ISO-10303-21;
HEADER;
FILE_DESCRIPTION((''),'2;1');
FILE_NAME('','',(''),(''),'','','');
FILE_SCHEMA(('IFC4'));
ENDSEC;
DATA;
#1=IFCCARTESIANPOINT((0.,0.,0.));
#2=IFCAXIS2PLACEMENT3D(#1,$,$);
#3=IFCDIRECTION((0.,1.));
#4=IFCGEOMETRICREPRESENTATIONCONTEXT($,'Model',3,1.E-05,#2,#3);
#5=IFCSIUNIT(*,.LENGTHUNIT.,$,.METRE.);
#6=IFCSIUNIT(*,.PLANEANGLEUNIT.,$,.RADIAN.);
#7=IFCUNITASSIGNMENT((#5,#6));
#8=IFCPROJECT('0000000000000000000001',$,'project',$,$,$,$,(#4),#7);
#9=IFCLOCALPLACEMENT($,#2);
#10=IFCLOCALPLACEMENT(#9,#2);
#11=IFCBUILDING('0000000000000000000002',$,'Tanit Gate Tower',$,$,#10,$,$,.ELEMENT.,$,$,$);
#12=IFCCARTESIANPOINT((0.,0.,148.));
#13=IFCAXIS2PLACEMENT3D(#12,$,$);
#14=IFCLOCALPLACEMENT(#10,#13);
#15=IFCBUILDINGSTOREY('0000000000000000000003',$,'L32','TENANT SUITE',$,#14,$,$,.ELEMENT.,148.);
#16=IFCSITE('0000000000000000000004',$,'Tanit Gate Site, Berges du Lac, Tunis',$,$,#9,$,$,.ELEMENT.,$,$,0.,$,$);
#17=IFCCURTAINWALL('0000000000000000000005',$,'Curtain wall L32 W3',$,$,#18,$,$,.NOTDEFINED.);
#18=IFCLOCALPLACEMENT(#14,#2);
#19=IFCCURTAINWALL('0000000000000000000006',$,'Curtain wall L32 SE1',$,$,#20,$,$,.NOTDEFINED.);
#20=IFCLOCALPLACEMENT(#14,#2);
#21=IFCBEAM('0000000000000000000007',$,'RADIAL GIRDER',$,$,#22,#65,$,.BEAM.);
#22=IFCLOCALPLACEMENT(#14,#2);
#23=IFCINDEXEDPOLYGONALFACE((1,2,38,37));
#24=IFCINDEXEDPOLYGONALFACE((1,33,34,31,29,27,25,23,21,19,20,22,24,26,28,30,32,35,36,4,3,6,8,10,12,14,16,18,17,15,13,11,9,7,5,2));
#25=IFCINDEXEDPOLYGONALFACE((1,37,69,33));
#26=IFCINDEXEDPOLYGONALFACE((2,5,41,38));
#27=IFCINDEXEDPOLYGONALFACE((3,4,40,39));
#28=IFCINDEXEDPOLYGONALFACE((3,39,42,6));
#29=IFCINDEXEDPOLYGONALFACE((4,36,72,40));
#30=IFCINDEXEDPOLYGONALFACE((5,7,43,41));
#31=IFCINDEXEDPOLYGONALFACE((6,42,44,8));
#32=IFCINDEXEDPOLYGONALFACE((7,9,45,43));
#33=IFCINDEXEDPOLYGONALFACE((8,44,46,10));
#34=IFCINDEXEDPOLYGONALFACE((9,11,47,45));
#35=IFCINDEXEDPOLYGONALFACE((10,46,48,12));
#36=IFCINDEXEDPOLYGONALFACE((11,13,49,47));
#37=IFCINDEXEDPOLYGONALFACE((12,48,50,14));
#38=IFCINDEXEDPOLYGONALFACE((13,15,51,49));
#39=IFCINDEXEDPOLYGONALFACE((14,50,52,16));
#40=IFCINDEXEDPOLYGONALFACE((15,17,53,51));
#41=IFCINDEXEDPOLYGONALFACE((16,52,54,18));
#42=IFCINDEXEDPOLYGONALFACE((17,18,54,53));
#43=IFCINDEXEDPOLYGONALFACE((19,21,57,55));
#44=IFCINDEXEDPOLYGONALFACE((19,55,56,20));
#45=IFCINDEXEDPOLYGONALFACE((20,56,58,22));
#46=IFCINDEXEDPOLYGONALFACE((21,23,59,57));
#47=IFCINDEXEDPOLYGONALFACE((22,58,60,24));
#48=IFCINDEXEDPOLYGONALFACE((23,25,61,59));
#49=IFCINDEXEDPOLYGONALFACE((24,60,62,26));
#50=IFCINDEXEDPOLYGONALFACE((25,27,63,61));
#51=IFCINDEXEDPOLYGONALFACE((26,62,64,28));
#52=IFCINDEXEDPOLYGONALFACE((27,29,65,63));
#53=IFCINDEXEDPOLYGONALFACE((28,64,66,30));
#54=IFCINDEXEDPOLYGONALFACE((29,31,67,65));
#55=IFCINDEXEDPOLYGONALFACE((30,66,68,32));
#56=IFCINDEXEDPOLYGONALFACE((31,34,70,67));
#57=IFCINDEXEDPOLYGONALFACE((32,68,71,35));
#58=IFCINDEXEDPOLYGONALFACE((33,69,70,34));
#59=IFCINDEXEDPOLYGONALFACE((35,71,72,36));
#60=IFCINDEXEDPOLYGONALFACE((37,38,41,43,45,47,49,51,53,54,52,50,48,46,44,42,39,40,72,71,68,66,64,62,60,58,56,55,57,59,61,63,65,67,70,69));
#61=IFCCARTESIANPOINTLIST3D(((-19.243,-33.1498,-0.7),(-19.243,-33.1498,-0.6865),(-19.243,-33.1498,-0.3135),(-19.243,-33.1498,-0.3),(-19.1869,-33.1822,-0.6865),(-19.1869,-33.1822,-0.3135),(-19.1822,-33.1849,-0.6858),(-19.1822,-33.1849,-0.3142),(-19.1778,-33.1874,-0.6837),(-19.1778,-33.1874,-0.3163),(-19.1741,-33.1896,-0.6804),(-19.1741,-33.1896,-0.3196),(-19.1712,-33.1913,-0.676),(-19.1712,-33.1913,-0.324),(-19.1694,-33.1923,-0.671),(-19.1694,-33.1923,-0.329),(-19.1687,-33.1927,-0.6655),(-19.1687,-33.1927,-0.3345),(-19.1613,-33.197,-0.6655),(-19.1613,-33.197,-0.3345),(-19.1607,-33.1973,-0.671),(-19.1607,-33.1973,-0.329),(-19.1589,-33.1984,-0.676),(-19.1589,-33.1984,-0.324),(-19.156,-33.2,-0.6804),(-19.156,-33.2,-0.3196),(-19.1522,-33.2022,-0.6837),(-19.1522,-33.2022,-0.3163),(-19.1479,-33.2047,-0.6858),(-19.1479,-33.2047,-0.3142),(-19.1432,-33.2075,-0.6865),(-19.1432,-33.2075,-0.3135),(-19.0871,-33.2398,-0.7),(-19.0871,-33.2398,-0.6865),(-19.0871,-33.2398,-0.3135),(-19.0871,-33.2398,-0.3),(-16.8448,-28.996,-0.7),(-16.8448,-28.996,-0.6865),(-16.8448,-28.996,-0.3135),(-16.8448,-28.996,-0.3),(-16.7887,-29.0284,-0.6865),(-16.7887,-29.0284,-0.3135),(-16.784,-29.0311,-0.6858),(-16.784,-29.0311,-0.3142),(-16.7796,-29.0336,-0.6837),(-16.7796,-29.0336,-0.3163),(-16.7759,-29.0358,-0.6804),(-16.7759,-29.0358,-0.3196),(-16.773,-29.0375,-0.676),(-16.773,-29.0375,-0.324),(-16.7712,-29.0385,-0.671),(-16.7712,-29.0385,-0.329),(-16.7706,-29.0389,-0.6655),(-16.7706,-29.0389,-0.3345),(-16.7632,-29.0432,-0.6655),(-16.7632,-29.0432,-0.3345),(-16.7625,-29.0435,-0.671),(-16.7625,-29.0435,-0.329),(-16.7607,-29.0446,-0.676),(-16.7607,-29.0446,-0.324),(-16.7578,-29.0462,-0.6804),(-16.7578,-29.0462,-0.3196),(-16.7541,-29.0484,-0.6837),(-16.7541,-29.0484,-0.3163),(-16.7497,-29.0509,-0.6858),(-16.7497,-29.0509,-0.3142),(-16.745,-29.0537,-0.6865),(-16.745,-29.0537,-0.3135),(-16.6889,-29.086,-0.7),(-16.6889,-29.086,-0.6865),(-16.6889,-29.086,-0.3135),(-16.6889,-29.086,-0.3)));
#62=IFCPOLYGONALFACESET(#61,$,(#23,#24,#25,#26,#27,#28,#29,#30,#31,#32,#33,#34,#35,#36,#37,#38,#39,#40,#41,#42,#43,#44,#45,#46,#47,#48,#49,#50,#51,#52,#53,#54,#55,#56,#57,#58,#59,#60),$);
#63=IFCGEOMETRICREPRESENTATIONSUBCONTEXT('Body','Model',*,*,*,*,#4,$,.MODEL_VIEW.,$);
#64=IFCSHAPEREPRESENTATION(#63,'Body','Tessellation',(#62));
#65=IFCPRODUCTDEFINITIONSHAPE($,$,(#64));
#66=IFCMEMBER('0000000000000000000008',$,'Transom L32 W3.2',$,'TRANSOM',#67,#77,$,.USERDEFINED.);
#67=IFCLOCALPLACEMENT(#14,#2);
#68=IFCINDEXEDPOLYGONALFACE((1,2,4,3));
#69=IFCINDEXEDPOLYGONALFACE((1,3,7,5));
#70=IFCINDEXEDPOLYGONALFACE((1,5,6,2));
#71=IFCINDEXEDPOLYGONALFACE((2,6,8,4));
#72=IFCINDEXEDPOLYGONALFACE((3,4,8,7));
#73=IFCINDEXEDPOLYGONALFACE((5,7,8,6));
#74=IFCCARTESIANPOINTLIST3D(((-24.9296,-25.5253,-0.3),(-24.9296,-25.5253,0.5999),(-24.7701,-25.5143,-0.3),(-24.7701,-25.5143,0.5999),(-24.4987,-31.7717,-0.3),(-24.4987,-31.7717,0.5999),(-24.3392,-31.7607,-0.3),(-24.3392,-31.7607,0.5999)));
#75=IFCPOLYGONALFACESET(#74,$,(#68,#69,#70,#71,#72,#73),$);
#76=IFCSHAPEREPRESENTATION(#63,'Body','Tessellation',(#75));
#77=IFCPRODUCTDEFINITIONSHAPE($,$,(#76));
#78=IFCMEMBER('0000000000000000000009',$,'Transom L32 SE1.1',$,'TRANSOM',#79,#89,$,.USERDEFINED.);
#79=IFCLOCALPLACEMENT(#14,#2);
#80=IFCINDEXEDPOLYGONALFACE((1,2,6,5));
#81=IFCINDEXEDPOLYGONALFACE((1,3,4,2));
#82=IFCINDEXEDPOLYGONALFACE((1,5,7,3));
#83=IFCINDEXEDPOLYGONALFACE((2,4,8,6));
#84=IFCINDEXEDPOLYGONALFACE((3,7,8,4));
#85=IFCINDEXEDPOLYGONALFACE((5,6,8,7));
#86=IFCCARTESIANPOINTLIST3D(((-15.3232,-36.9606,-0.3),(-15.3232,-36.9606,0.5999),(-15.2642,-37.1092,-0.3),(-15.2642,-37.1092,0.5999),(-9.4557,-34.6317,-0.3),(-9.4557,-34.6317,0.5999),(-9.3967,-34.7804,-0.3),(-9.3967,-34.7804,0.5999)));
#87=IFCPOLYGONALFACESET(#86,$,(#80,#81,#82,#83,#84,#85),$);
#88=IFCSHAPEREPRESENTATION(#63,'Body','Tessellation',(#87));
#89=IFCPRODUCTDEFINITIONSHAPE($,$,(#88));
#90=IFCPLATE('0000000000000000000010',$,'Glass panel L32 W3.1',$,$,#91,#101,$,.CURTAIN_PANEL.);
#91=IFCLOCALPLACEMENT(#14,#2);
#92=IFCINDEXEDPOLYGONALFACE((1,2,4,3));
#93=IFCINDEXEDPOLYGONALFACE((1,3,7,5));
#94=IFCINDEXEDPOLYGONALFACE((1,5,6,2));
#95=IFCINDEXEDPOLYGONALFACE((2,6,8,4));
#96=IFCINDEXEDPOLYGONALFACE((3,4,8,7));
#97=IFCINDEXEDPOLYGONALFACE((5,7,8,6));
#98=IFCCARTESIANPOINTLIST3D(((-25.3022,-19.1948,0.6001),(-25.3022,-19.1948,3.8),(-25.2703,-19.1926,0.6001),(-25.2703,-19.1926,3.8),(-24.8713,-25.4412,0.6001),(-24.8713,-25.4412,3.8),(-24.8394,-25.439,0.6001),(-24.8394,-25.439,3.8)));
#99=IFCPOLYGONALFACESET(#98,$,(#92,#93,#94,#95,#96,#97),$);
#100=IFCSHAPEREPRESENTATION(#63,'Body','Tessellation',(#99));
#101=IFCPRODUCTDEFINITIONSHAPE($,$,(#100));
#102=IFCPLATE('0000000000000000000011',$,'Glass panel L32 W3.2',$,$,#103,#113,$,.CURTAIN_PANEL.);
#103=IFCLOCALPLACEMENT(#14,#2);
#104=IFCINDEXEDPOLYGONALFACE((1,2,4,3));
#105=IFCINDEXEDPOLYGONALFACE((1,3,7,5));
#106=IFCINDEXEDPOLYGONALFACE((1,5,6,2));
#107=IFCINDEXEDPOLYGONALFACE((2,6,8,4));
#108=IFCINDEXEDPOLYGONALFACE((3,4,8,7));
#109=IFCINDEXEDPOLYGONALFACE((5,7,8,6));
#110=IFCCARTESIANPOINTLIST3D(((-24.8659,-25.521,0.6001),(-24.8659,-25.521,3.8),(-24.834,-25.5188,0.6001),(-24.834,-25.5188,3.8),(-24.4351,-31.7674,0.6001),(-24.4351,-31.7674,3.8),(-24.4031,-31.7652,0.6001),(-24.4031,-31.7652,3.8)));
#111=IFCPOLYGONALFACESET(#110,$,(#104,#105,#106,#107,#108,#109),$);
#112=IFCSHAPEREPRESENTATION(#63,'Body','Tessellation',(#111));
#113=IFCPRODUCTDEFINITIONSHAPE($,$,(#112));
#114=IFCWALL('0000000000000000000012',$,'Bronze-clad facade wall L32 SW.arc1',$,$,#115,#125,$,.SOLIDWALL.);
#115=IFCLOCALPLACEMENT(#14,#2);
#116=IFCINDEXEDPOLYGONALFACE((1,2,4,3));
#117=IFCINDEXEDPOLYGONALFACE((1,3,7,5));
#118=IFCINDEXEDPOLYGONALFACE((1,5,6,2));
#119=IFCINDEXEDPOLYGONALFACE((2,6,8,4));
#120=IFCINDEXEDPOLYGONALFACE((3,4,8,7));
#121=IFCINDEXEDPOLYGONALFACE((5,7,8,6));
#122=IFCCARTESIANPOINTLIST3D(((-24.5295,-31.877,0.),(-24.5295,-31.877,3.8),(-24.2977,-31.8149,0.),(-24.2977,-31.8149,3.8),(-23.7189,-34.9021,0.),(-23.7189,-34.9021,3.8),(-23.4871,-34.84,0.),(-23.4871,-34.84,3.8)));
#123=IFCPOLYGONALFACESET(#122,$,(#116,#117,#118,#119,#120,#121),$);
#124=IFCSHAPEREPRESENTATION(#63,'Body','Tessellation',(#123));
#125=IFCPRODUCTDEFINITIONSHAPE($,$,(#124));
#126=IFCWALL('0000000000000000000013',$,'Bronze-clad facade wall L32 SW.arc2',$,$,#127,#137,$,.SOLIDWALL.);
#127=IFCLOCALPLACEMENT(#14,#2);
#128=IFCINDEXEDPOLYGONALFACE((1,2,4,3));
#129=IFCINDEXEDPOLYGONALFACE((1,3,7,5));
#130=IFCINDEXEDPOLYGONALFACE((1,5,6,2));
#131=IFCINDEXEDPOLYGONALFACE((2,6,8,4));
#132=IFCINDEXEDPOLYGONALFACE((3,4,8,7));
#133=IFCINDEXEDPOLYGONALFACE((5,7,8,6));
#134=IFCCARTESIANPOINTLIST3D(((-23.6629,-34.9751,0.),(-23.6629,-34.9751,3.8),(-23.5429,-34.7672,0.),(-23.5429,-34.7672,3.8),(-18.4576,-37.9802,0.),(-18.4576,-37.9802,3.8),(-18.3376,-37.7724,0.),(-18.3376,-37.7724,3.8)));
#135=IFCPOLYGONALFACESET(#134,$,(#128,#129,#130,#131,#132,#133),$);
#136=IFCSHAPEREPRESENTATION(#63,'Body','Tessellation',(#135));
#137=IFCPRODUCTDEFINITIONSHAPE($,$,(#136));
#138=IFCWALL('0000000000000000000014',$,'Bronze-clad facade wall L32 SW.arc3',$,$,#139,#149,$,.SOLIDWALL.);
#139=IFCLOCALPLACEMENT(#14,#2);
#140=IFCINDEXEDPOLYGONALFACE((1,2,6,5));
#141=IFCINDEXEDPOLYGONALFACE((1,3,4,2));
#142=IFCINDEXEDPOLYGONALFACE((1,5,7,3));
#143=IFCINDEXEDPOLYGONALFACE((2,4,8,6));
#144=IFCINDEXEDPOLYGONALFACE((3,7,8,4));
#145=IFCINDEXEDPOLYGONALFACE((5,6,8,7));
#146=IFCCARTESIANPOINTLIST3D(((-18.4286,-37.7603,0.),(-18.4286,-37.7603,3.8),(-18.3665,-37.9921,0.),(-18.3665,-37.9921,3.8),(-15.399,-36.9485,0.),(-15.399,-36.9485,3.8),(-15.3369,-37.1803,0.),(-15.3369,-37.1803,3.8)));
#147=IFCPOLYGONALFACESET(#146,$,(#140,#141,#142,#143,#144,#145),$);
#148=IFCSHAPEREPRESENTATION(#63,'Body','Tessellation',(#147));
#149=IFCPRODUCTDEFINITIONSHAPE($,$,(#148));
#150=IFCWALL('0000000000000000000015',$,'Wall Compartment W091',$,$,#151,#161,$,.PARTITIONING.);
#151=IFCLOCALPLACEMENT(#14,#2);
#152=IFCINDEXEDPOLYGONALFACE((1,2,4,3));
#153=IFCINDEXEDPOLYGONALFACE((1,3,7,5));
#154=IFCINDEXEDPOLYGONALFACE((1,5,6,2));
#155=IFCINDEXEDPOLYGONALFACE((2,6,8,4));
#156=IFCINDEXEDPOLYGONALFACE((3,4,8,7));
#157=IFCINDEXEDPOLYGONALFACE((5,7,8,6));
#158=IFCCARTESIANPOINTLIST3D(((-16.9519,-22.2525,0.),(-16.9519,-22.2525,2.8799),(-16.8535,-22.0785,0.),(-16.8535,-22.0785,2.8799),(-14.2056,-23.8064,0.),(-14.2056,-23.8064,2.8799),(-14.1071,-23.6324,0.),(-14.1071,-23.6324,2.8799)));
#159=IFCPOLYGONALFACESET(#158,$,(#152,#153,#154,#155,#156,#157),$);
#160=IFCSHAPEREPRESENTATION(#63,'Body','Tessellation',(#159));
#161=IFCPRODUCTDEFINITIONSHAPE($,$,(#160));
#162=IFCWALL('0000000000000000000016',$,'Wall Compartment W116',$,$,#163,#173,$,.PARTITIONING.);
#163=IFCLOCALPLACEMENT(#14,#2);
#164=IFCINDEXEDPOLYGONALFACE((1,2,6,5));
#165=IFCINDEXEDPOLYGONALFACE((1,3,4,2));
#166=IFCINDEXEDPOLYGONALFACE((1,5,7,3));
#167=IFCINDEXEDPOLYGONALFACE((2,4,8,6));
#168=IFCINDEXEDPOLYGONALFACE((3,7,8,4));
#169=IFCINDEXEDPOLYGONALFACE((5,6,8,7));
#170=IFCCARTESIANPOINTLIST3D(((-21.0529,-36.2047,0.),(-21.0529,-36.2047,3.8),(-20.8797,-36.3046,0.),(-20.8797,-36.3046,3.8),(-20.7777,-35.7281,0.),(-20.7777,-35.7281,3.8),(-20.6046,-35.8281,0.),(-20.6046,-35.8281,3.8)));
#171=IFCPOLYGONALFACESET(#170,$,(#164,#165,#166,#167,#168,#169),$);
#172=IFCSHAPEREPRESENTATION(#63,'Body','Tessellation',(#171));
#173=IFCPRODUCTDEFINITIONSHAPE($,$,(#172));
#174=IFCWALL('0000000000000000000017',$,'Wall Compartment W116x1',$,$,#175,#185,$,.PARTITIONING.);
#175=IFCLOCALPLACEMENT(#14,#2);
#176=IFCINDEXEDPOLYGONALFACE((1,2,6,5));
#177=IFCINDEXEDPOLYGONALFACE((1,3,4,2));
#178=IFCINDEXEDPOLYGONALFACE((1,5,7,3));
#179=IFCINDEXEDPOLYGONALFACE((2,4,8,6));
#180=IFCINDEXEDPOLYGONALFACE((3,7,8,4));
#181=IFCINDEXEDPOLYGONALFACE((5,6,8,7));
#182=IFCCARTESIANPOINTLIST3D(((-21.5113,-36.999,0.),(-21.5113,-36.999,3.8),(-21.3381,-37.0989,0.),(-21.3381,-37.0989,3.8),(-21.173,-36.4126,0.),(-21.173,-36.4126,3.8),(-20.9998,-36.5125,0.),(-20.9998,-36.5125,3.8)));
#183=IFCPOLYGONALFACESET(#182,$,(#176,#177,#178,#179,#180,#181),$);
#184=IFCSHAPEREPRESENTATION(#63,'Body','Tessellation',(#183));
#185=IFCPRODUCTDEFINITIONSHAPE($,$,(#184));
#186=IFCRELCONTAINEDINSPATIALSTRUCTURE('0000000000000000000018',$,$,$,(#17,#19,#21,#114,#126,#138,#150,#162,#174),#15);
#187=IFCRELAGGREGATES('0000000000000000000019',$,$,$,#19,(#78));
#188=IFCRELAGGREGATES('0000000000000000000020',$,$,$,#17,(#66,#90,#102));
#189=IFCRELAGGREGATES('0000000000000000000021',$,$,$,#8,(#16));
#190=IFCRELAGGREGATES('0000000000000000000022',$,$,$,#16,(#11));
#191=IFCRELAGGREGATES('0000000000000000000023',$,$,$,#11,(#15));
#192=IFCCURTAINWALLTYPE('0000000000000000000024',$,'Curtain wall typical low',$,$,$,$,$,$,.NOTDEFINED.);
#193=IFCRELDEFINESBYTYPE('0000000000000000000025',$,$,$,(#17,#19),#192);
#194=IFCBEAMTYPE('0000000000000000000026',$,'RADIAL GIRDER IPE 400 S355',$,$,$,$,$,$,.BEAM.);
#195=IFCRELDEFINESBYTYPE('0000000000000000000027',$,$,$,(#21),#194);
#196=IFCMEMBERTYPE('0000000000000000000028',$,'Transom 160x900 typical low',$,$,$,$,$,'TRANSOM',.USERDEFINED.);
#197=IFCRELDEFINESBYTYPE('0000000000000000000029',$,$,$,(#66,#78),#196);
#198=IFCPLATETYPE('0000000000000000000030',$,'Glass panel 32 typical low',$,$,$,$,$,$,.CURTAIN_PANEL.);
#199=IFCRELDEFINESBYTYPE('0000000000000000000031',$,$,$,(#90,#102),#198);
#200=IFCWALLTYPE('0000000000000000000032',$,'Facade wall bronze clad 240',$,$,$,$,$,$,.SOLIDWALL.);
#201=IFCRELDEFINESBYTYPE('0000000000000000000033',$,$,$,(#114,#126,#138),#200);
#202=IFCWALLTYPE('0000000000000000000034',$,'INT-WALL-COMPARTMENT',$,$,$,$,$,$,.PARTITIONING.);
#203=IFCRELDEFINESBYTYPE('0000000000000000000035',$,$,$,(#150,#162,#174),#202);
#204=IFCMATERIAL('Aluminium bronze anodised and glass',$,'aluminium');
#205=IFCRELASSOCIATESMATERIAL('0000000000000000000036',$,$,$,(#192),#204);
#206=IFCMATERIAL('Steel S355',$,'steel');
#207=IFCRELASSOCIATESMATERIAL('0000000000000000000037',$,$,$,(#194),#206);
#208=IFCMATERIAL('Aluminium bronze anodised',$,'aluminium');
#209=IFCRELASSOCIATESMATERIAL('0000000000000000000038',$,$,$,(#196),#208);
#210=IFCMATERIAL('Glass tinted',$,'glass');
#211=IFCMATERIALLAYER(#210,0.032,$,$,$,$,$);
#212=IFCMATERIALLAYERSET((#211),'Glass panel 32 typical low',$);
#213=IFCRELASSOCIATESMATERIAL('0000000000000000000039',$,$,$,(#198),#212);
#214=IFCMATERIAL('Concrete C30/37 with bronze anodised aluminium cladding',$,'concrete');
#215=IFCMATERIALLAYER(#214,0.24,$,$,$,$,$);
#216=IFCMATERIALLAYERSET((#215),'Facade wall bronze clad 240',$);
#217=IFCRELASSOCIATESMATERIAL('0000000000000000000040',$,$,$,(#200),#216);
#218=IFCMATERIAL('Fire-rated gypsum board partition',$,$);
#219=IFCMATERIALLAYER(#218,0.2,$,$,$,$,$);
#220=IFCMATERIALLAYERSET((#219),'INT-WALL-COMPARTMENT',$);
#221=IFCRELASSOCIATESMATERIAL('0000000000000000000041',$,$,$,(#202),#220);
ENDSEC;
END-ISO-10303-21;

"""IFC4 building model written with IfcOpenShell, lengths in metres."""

from ifc_helpers import new_model, si_unit, direction, frame, frame_2d, origin, origin_2d, place, context, subcontext, project, spatial, rectangle, i_section, extrude, material, layer, layer_set, material_profile, profile_set, type_object, element, aggregate, save


model = new_model("IFC4")

# Units and contexts
model_context = context("Model", 3, precision=1e-05, world=origin(), true_north=direction((0.0, 1.0)))
body_context = subcontext(model_context, "Body", "Model", "MODEL_VIEW")
ifc_project = project(units=[si_unit("LENGTHUNIT", "METRE"), si_unit("PLANEANGLEUNIT", "RADIAN")], contexts=[model_context])

# Site, building, storey
site_placement = place(None, origin())
site = spatial("IfcSite", under=ifc_project, at=site_placement, Name="Tanit Gate Site, Berges du Lac, Tunis", CompositionType="ELEMENT", RefElevation=0.0)
building_placement = place(site_placement, origin())
building = spatial("IfcBuilding", under=site, at=building_placement, Name="Tanit Gate Tower", CompositionType="ELEMENT")
storey_placement = place(building_placement, frame((0.0, 0.0, 148.0)))
storey = spatial("IfcBuildingStorey", under=building, at=storey_placement, Name="L32", Description="TENANT SUITE", CompositionType="ELEMENT", Elevation=148.0)

# Curtain wall
ifc_material_1 = material(Name="Aluminium bronze anodised and glass", Category="aluminium")
curtain_wall_type = type_object("IfcCurtainWallType", Name="Curtain wall typical low", PredefinedType="NOTDEFINED", material=ifc_material_1)
curtain_wall_1_placement = place(storey_placement, origin())
curtain_wall_1 = element("IfcCurtainWall", 1, at=curtain_wall_1_placement, inside=storey, type_object=curtain_wall_type, Name="Curtain wall L32 W3", PredefinedType="NOTDEFINED")

# Curtain wall
curtain_wall_2_placement = place(storey_placement, origin())
curtain_wall_2 = element("IfcCurtainWall", 2, at=curtain_wall_2_placement, inside=storey, type_object=curtain_wall_type, Name="Curtain wall L32 SE1", PredefinedType="NOTDEFINED")

# Beam
ifc_material_2 = material(Name="Steel S355", Category="steel")
ifc_material_profile_1 = material_profile(ifc_material_2, i_section(OverallWidth=0.1799, OverallDepth=0.3999, WebThickness=0.0085, FlangeThickness=0.0134, FilletRadius=0.021, at=origin_2d()), Name="IPE 400")
ifc_profile_set_1 = profile_set([ifc_material_profile_1], Name="Steel S355")
beam_type_1 = type_object("IfcBeamType", Name="RADIAL GIRDER IPE 400 S355", PredefinedType="BEAM", material=ifc_profile_set_1)
beam_1_placement = place(storey_placement, frame((-19.165, -33.1948, -0.5), z_axis=(0.499999, 0.866026, 0.0), x_axis=(-0.866026, 0.499999, 0.0)))
element("IfcBeam", 3, at=beam_1_placement, inside=storey, type_object=beam_type_1, Name="RADIAL GIRDER", PredefinedType="BEAM", context=body_context, shape_type="SweptSolid", body=[
    extrude(i_section(OverallWidth=0.1799, OverallDepth=0.3999, WebThickness=0.0085, FlangeThickness=0.0134, FilletRadius=0.021, at=origin_2d()), origin(), (0.0, 0.0, 1.0), 4.7964),
])

# Members
ifc_material_3 = material(Name="Aluminium bronze anodised", Category="aluminium")
ifc_material_profile_2 = material_profile(ifc_material_3, rectangle(XDim=0.1599, YDim=0.8999, at=origin_2d()), Name="160x900 bronze transom")
ifc_profile_set_2 = profile_set([ifc_material_profile_2], Name="Aluminium bronze anodised")
member_type_1 = type_object("IfcMemberType", Name="Transom 160x900 typical low", ElementType="TRANSOM", PredefinedType="USERDEFINED", material=ifc_profile_set_2)
member_1_placement = place(storey_placement, frame((-24.8499, -25.5198, 0.1499), z_axis=(0.068822, -0.997629, 0.0), x_axis=(0.997629, 0.068822, 0.0)))
member_1 = element("IfcMember", 4, at=member_1_placement, type_object=member_type_1, Name="Transom L32 W3.2", ObjectType="TRANSOM", PredefinedType="USERDEFINED", context=body_context, shape_type="SweptSolid", body=[
    extrude(rectangle(XDim=0.1599, YDim=0.8999, at=origin_2d()), origin(), (0.0, 0.0, 1.0), 6.2612),
])
member_2_placement = place(storey_placement, frame((-15.2937, -37.0349, 0.1499), z_axis=(0.929463, 0.368916, 0.0), x_axis=(-0.368916, 0.929463, 0.0)))
member_2 = element("IfcMember", 5, at=member_2_placement, type_object=member_type_1, Name="Transom L32 SE1.1", ObjectType="TRANSOM", PredefinedType="USERDEFINED", context=body_context, shape_type="SweptSolid", body=[
    extrude(rectangle(XDim=0.1599, YDim=0.8999, at=origin_2d()), origin(), (0.0, 0.0, 1.0), 6.3127),
])
aggregate(curtain_wall_2, [member_2])

# Plates
ifc_material_4 = material(Name="Glass tinted", Category="glass")
ifc_layer_1 = layer(ifc_material_4, 0.032)
ifc_layer_set_1 = layer_set([ifc_layer_1], Name="Glass panel 32 typical low")
plate_type = type_object("IfcPlateType", Name="Glass panel 32 typical low", PredefinedType="CURTAIN_PANEL", material=ifc_layer_set_1)
plate_1_placement = place(storey_placement, frame((-25.0708, -22.3169, 0.6001), z_axis=(0.0, 0.0, 1.0), x_axis=(0.068812, -0.99763, 0.0)))
plate_1 = element("IfcPlate", 6, at=plate_1_placement, type_object=plate_type, Name="Glass panel L32 W3.1", PredefinedType="CURTAIN_PANEL", context=body_context, shape_type="SweptSolid", body=[
    extrude(rectangle(XDim=6.2612, YDim=0.032, at=origin_2d()), origin(), (0.0, 0.0, 1.0), 3.2),
])
plate_2_placement = place(storey_placement, frame((-24.6345, -28.6431, 0.6001), z_axis=(0.0, 0.0, 1.0), x_axis=(0.068812, -0.99763, 0.0)))
plate_2 = element("IfcPlate", 7, at=plate_2_placement, type_object=plate_type, Name="Glass panel L32 W3.2", PredefinedType="CURTAIN_PANEL", context=body_context, shape_type="SweptSolid", body=[
    extrude(rectangle(XDim=6.2612, YDim=0.032, at=origin_2d()), origin(), (0.0, 0.0, 1.0), 3.2),
])
aggregate(curtain_wall_1, [member_1, plate_1, plate_2])

# Walls
ifc_material_5 = material(Name="Concrete C30/37 with bronze anodised aluminium cladding", Category="concrete")
ifc_layer_2 = layer(ifc_material_5, 0.24)
ifc_layer_set_2 = layer_set([ifc_layer_2], Name="Facade wall bronze clad 240")
wall_type_1 = type_object("IfcWallType", Name="Facade wall bronze clad 240", PredefinedType="SOLIDWALL", material=ifc_layer_set_2)
wall_1_placement = place(storey_placement, frame((-24.4136, -31.8459, 0.0), z_axis=(0.0, 0.0, 1.0), x_axis=(0.258808, -0.965929, 0.0)))
element("IfcWall", 8, at=wall_1_placement, inside=storey, type_object=wall_type_1, Name="Bronze-clad facade wall L32 SW.arc1", PredefinedType="SOLIDWALL", context=body_context, shape_type="SweptSolid", body=[
    extrude(rectangle(XDim=3.1318, YDim=0.24, at=frame_2d((1.5659, 0.0))), origin(), (0.0, 0.0, 1.0), 3.8),
])
wall_2_placement = place(storey_placement, frame((-23.603, -34.8711, 0.0), z_axis=(0.0, 0.0, 1.0), x_axis=(0.866037, -0.499979, 0.0)))
element("IfcWall", 9, at=wall_2_placement, inside=storey, type_object=wall_type_1, Name="Bronze-clad facade wall L32 SW.arc2", PredefinedType="SOLIDWALL", context=body_context, shape_type="SweptSolid", body=[
    extrude(rectangle(XDim=6.0105, YDim=0.24, at=frame_2d((3.0054, 0.0))), origin(), (0.0, 0.0, 1.0), 3.8),
])
wall_3_placement = place(storey_placement, frame((-18.3977, -37.8762, 0.0), z_axis=(0.0, 0.0, 1.0), x_axis=(0.965925, 0.25882, 0.0)))
element("IfcWall", 10, at=wall_3_placement, inside=storey, type_object=wall_type_1, Name="Bronze-clad facade wall L32 SW.arc3", PredefinedType="SOLIDWALL", context=body_context, shape_type="SweptSolid", body=[
    extrude(rectangle(XDim=3.1365, YDim=0.24, at=frame_2d((1.5684, 0.0))), origin(), (0.0, 0.0, 1.0), 3.8),
])
ifc_material_6 = material(Name="Fire-rated gypsum board partition")
ifc_layer_3 = layer(ifc_material_6, 0.2)
ifc_layer_set_3 = layer_set([ifc_layer_3], Name="INT-WALL-COMPARTMENT")
wall_type_2 = type_object("IfcWallType", Name="INT-WALL-COMPARTMENT", PredefinedType="PARTITIONING", material=ifc_layer_set_3)
wall_4_placement = place(storey_placement, frame((-16.9026, -22.1655, 0.0), z_axis=(0.0, 0.0, 1.0), x_axis=(0.870335, -0.49246, 0.0)))
element("IfcWall", 11, at=wall_4_placement, inside=storey, type_object=wall_type_2, Name="Wall Compartment W091", PredefinedType="PARTITIONING", context=body_context, shape_type="SweptSolid", body=[
    extrude(rectangle(XDim=3.1555, YDim=0.2, at=frame_2d((1.5776, 0.0))), origin(), (0.0, 0.0, 1.0), 2.8799),
])
wall_5_placement = place(storey_placement, frame((-20.6912, -35.7781, 0.0), z_axis=(0.0, 0.0, 1.0), x_axis=(-0.500004, -0.866023, 0.0)))
element("IfcWall", 12, at=wall_5_placement, inside=storey, type_object=wall_type_2, Name="Wall Compartment W116", PredefinedType="PARTITIONING", context=body_context, shape_type="SweptSolid", body=[
    extrude(rectangle(XDim=0.5503, YDim=0.2, at=frame_2d((0.2751, 0.0))), origin(), (0.0, 0.0, 1.0), 3.8),
])
wall_6_placement = place(storey_placement, frame((-21.0864, -36.4626, 0.0), z_axis=(0.0, 0.0, 1.0), x_axis=(-0.499785, -0.86615, 0.0)))
element("IfcWall", 13, at=wall_6_placement, inside=storey, type_object=wall_type_2, Name="Wall Compartment W116x1", PredefinedType="PARTITIONING", context=body_context, shape_type="SweptSolid", body=[
    extrude(rectangle(XDim=0.677, YDim=0.2, at=frame_2d((0.3384, 0.0))), origin(), (0.0, 0.0, 1.0), 3.8),
])

save(model, "model.ifc")
